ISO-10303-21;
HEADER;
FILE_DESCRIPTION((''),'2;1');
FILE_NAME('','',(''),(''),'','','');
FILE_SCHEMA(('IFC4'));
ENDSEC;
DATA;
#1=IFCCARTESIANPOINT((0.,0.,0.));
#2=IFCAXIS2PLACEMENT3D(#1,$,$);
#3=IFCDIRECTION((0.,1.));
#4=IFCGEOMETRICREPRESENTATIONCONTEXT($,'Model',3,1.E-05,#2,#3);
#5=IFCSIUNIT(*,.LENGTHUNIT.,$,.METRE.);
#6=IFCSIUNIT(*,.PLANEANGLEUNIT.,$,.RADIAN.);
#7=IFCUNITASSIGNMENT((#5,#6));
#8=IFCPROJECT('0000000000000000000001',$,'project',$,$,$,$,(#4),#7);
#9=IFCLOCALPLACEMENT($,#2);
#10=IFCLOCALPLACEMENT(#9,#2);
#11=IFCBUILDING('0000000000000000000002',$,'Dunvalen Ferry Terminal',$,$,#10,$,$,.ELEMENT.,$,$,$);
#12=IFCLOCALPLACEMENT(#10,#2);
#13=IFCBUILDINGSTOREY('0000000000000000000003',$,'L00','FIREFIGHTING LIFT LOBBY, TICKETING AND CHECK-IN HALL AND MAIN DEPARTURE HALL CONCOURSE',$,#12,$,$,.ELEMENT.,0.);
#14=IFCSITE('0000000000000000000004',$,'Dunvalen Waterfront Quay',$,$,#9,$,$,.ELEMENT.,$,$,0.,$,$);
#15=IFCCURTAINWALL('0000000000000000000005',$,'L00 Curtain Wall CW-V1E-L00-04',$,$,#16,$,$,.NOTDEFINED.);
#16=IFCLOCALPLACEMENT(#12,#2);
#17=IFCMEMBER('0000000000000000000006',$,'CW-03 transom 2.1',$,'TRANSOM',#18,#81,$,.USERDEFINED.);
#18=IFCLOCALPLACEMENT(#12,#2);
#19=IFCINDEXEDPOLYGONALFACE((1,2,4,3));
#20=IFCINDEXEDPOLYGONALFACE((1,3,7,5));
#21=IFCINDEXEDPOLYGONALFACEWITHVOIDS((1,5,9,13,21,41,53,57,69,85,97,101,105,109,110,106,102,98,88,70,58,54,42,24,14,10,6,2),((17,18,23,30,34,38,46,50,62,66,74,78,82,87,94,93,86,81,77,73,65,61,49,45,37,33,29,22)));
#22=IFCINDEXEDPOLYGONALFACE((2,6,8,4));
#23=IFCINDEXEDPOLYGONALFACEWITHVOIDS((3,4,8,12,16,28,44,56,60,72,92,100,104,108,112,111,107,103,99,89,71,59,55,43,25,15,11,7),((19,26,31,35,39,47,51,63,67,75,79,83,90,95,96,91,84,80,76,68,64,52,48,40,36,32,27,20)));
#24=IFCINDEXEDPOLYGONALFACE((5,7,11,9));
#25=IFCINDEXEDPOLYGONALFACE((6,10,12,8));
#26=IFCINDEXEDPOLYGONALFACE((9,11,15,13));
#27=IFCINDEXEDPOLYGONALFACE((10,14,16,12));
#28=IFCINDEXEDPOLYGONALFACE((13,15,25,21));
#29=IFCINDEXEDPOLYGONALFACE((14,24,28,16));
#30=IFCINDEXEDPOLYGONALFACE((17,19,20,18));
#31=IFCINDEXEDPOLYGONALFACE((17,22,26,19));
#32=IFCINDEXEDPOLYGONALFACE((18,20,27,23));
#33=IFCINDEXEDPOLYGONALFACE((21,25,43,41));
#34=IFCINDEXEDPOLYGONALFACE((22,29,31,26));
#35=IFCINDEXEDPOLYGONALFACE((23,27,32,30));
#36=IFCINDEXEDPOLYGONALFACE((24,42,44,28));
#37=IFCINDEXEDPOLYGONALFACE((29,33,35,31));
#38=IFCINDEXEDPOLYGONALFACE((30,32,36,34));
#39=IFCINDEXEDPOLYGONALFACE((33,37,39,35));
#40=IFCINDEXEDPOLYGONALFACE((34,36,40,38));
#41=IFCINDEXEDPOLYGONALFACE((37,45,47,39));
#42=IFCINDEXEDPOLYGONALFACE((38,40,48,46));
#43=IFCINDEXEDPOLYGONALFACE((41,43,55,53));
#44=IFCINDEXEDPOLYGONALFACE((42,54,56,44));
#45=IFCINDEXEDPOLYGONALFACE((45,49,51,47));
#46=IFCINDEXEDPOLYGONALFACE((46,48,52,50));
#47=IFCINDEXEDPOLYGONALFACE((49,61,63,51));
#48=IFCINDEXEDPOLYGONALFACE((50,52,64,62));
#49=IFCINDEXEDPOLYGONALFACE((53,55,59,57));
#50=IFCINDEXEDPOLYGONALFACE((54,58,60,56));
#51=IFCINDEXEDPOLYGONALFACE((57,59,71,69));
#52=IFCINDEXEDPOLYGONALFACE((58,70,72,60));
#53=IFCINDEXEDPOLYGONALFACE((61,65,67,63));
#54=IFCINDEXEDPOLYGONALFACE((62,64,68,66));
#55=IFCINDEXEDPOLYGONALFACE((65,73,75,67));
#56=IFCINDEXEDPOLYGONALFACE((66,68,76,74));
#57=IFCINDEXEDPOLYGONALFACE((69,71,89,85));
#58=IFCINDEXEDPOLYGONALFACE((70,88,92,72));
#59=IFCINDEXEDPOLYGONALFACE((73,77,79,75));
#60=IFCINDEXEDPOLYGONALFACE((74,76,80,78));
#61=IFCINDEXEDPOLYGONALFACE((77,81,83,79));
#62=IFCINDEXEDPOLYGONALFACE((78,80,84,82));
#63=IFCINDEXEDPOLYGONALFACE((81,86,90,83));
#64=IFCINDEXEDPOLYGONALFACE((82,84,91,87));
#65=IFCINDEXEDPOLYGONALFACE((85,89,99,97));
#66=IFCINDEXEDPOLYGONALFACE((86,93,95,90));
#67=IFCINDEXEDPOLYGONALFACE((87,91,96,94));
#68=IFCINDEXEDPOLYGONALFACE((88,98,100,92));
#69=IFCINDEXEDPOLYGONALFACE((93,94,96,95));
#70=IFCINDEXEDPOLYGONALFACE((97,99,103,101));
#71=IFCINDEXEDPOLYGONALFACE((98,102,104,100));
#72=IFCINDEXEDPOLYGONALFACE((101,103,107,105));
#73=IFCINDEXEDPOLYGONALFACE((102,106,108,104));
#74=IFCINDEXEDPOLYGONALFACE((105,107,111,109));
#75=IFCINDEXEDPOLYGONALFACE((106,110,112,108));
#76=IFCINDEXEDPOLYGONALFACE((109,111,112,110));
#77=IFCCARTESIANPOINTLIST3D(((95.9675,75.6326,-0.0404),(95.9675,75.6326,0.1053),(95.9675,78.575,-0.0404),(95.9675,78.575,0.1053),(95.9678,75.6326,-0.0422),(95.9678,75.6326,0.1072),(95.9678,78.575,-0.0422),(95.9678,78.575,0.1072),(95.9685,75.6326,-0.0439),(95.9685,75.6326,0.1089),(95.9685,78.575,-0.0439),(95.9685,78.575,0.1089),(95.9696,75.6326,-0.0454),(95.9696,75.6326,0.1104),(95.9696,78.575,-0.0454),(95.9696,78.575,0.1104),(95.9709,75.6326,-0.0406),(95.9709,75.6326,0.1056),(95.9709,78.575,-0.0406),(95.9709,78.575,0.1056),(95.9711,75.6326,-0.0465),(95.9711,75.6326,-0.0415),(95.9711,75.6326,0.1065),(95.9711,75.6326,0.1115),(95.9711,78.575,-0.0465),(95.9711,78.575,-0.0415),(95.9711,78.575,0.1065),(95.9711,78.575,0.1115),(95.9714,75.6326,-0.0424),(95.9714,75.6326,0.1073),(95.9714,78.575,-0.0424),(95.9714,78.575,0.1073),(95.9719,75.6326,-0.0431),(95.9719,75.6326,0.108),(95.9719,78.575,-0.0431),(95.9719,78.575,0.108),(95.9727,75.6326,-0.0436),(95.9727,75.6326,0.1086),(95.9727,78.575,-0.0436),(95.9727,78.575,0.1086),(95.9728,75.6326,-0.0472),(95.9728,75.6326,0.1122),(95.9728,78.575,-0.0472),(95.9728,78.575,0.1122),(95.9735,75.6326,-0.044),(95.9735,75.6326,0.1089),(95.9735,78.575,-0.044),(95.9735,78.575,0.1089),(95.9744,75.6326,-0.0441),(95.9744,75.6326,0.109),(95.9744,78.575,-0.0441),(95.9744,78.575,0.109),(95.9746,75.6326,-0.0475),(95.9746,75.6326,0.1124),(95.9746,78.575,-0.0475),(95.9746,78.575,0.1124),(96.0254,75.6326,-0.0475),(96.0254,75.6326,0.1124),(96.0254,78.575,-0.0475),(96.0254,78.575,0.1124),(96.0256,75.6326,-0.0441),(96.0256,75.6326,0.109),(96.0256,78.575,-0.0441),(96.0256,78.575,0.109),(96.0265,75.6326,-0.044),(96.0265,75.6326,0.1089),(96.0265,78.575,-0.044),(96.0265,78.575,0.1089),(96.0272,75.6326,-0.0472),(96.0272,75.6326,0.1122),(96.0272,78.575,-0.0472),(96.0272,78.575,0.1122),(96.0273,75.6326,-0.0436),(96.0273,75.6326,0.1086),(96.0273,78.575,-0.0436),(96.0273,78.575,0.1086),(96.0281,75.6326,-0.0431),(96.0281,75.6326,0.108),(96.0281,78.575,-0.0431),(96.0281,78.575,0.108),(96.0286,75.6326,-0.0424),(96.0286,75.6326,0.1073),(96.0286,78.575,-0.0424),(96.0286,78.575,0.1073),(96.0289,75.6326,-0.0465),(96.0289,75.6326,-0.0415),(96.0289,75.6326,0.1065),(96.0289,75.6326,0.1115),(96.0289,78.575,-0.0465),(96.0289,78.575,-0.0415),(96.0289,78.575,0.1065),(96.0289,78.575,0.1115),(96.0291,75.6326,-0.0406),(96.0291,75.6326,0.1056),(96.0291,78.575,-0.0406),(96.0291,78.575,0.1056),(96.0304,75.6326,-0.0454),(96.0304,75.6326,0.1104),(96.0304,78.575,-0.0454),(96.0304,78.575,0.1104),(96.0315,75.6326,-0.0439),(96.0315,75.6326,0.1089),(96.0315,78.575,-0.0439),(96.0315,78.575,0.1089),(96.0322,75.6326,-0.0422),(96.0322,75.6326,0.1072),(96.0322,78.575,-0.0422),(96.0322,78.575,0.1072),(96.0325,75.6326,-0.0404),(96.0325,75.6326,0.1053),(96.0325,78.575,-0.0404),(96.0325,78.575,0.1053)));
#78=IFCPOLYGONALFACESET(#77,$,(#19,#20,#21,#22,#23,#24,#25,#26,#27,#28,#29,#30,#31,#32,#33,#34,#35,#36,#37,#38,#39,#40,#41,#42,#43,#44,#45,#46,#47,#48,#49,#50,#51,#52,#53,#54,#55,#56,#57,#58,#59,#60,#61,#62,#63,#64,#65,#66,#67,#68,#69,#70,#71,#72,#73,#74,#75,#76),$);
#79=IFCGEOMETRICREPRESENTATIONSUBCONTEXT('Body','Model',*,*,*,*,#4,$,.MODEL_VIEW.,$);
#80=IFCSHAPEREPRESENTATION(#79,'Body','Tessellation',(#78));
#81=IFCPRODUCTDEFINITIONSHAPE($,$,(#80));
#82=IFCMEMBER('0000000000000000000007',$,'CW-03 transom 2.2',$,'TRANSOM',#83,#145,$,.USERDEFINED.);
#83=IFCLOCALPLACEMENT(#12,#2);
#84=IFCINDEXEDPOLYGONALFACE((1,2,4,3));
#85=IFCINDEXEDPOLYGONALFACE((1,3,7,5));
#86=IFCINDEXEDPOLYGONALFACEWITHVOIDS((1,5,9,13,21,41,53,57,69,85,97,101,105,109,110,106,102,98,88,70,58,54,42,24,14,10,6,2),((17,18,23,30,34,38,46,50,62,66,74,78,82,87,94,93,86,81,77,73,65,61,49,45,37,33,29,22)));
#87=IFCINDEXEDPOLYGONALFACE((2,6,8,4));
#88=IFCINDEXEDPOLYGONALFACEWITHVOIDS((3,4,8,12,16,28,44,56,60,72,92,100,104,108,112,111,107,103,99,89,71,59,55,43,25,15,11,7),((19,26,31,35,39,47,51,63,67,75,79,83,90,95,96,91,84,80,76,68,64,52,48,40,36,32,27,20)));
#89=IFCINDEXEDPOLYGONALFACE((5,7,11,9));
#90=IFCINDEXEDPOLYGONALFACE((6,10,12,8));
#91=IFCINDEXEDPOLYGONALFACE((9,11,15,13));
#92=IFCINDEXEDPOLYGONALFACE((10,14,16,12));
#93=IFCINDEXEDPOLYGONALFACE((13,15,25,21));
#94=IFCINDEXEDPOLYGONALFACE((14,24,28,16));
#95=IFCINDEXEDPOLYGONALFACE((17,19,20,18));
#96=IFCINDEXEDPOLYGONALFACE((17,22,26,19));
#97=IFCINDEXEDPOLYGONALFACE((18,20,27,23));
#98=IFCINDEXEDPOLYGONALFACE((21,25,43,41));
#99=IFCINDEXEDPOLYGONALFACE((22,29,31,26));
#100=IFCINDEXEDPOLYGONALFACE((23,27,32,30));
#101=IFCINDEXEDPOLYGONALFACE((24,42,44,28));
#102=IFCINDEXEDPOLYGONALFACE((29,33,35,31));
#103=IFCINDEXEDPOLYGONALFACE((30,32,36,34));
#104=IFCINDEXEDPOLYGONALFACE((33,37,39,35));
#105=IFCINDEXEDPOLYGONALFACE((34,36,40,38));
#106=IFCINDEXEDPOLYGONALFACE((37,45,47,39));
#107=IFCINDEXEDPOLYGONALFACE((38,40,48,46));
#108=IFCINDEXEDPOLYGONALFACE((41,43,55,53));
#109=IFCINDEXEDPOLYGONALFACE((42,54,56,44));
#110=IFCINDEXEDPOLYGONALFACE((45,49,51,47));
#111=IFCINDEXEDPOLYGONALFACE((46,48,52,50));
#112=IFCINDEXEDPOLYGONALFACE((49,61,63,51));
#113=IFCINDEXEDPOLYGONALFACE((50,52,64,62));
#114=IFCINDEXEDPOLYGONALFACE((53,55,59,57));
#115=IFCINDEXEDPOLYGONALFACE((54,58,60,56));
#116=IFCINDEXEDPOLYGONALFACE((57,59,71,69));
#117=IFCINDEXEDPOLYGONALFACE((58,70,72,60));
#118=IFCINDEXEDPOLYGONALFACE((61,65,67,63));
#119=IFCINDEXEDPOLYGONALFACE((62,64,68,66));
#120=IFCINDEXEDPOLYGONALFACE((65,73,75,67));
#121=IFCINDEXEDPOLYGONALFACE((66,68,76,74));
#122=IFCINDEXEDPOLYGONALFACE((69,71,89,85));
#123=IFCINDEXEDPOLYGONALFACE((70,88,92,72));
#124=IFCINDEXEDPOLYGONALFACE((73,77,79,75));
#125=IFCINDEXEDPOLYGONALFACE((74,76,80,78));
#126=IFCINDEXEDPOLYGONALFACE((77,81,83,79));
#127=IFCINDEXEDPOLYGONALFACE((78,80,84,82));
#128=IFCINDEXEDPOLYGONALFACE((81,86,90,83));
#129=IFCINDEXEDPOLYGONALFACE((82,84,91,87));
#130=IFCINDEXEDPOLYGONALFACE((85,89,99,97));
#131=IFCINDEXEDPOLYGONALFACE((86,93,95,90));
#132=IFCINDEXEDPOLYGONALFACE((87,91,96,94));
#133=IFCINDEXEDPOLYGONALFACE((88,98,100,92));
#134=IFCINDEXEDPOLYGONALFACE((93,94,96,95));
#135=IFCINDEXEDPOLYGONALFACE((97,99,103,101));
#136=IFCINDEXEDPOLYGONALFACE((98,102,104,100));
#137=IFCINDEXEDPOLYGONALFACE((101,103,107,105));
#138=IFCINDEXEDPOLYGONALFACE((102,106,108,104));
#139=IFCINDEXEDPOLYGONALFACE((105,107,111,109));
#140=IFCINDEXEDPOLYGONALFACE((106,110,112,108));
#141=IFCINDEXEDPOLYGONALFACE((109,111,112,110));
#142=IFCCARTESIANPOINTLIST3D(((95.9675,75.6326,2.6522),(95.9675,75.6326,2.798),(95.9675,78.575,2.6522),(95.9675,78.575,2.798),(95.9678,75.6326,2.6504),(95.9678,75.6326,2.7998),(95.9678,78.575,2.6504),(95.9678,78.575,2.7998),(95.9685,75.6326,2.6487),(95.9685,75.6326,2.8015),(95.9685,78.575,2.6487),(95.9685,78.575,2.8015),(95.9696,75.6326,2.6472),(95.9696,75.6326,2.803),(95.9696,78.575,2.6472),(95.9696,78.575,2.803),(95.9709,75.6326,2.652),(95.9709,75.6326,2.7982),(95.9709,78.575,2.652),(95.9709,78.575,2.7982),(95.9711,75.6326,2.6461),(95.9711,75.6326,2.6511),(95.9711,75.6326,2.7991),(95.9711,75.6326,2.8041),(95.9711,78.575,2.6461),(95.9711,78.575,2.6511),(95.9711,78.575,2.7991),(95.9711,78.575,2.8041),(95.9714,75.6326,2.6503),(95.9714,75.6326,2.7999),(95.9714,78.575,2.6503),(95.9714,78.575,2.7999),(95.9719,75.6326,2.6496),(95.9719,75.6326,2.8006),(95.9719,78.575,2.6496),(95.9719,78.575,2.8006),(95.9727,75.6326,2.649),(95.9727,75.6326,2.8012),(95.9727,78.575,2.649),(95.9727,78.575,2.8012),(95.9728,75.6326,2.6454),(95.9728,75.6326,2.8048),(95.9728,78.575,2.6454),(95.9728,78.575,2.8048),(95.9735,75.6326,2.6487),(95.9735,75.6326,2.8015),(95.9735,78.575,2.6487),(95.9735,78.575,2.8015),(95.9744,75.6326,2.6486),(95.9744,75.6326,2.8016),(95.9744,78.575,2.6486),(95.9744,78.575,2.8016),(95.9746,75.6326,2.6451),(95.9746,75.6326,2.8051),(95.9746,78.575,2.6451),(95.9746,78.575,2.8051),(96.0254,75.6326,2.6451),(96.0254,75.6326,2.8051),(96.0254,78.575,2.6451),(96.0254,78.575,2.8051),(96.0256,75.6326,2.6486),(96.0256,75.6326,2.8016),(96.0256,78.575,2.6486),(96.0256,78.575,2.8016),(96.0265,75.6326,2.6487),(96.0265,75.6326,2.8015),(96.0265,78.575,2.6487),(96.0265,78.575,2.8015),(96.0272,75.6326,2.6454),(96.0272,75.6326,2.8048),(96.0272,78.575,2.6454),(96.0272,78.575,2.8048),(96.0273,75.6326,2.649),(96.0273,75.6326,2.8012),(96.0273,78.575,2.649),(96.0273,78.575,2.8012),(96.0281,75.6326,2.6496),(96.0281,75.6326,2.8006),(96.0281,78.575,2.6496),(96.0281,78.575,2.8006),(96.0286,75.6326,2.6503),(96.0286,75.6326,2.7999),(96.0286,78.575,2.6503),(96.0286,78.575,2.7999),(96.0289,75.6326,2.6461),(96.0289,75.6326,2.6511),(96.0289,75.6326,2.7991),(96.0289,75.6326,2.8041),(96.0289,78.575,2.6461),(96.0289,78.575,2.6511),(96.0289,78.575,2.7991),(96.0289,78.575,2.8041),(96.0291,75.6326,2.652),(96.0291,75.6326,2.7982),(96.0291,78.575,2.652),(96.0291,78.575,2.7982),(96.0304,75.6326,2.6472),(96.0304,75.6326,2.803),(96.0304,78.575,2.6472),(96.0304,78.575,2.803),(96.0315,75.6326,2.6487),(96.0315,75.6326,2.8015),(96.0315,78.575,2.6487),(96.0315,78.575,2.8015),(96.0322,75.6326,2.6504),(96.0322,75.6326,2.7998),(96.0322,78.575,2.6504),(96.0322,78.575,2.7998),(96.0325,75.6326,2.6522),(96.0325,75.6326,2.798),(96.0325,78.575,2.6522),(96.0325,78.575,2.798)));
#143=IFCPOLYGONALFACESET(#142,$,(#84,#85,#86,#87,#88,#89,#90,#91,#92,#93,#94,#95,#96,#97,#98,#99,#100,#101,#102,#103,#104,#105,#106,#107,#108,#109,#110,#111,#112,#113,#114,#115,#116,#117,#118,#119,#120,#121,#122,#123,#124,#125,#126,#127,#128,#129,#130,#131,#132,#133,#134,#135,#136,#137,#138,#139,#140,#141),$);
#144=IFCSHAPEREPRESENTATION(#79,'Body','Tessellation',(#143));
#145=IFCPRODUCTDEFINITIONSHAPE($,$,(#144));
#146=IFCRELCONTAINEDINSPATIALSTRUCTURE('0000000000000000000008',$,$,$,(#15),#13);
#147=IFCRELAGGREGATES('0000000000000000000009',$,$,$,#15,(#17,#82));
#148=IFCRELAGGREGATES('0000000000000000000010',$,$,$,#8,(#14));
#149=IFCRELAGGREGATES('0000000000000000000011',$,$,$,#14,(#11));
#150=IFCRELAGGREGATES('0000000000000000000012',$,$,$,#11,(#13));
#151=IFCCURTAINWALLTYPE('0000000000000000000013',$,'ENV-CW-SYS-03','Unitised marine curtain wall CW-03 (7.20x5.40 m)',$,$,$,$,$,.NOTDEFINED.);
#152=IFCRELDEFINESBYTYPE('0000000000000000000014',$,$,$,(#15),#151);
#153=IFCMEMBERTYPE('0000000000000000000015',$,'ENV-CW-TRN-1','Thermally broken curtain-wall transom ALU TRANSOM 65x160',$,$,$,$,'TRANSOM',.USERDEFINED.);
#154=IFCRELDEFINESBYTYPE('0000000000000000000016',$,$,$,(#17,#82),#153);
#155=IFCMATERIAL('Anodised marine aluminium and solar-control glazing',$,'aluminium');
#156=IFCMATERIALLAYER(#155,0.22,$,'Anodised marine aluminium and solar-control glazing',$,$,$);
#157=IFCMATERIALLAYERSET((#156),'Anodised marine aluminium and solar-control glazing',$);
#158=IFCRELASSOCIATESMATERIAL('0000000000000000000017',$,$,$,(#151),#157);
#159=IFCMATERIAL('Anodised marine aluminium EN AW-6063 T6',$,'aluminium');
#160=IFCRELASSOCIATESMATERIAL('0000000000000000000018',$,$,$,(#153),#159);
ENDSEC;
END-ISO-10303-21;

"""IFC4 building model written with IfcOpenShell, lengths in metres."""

from ifc_helpers import new_model, si_unit, direction, frame, origin, origin_2d, place, context, subcontext, project, spatial, hollow_rectangle, extrude, material, layer, layer_set, material_profile, profile_set, type_object, element, aggregate, save


model = new_model("IFC4")

# Units and contexts
model_context = context("Model", 3, precision=1e-05, world=origin(), true_north=direction((0.0, 1.0)))
body_context = subcontext(model_context, "Body", "Model", "MODEL_VIEW")
ifc_project = project(units=[si_unit("LENGTHUNIT", "METRE"), si_unit("PLANEANGLEUNIT", "RADIAN")], contexts=[model_context])

# Site, building, storey
site_placement = place(None, origin())
site = spatial("IfcSite", under=ifc_project, at=site_placement, Name="Dunvalen Waterfront Quay", CompositionType="ELEMENT", RefElevation=0.0)
building_placement = place(site_placement, origin())
building = spatial("IfcBuilding", under=site, at=building_placement, Name="Dunvalen Ferry Terminal", CompositionType="ELEMENT")
storey_placement = place(building_placement, origin())
storey = spatial("IfcBuildingStorey", under=building, at=storey_placement, Name="L00", Description="FIREFIGHTING LIFT LOBBY, TICKETING AND CHECK-IN HALL AND MAIN DEPARTURE HALL CONCOURSE", CompositionType="ELEMENT", Elevation=0.0)

# Curtain wall, members
ifc_material_1 = material(Name="Anodised marine aluminium and solar-control glazing", Category="aluminium")
ifc_layer_1 = layer(ifc_material_1, 0.22, Name="Anodised marine aluminium and solar-control glazing")
ifc_layer_set_1 = layer_set([ifc_layer_1], Name="Anodised marine aluminium and solar-control glazing")
curtain_wall_type = type_object("IfcCurtainWallType", Name="ENV-CW-SYS-03", Description="Unitised marine curtain wall CW-03 (7.20x5.40 m)", PredefinedType="NOTDEFINED", material=ifc_layer_set_1)
curtain_wall_placement = place(storey_placement, origin())
curtain_wall = element("IfcCurtainWall", 1, at=curtain_wall_placement, inside=storey, type_object=curtain_wall_type, Name="L00 Curtain Wall CW-V1E-L00-04", PredefinedType="NOTDEFINED")
ifc_material_2 = material(Name="Anodised marine aluminium EN AW-6063 T6", Category="aluminium")
ifc_material_profile_1 = material_profile(ifc_material_2, hollow_rectangle(XDim=0.0649, YDim=0.1599, WallThickness=0.0034, InnerFilletRadius=0.0034, OuterFilletRadius=0.0071, at=origin_2d()), Name="Anodised marine aluminium EN AW-6063 T6")
ifc_profile_set_1 = profile_set([ifc_material_profile_1], Name="Anodised marine aluminium EN AW-6063 T6")
member_type_1 = type_object("IfcMemberType", Name="ENV-CW-TRN-1", Description="Thermally broken curtain-wall transom ALU TRANSOM 65x160", ElementType="TRANSOM", PredefinedType="USERDEFINED", material=ifc_profile_set_1)
member_1_placement = place(storey_placement, frame((96.0, 75.6326, 0.0325), z_axis=(0.0, 1.0, 0.0), x_axis=(-1.0, 0.0, 0.0)))
member_1 = element("IfcMember", 2, at=member_1_placement, type_object=member_type_1, Name="CW-03 transom 2.1", ObjectType="TRANSOM", PredefinedType="USERDEFINED", context=body_context, shape_type="SweptSolid", body=[
    extrude(hollow_rectangle(XDim=0.0649, YDim=0.1599, WallThickness=0.0034, InnerFilletRadius=0.0034, OuterFilletRadius=0.0071, at=origin_2d()), origin(), (0.0, 0.0, 1.0), 2.9424),
])
member_2_placement = place(storey_placement, frame((96.0, 75.6326, 2.7251), z_axis=(0.0, 1.0, 0.0), x_axis=(-1.0, 0.0, 0.0)))
member_2 = element("IfcMember", 3, at=member_2_placement, type_object=member_type_1, Name="CW-03 transom 2.2", ObjectType="TRANSOM", PredefinedType="USERDEFINED", context=body_context, shape_type="SweptSolid", body=[
    extrude(hollow_rectangle(XDim=0.0649, YDim=0.1599, WallThickness=0.0034, InnerFilletRadius=0.0034, OuterFilletRadius=0.0071, at=origin_2d()), origin(), (0.0, 0.0, 1.0), 2.9424),
])
aggregate(curtain_wall, [member_1, member_2])

save(model, "model.ifc")
